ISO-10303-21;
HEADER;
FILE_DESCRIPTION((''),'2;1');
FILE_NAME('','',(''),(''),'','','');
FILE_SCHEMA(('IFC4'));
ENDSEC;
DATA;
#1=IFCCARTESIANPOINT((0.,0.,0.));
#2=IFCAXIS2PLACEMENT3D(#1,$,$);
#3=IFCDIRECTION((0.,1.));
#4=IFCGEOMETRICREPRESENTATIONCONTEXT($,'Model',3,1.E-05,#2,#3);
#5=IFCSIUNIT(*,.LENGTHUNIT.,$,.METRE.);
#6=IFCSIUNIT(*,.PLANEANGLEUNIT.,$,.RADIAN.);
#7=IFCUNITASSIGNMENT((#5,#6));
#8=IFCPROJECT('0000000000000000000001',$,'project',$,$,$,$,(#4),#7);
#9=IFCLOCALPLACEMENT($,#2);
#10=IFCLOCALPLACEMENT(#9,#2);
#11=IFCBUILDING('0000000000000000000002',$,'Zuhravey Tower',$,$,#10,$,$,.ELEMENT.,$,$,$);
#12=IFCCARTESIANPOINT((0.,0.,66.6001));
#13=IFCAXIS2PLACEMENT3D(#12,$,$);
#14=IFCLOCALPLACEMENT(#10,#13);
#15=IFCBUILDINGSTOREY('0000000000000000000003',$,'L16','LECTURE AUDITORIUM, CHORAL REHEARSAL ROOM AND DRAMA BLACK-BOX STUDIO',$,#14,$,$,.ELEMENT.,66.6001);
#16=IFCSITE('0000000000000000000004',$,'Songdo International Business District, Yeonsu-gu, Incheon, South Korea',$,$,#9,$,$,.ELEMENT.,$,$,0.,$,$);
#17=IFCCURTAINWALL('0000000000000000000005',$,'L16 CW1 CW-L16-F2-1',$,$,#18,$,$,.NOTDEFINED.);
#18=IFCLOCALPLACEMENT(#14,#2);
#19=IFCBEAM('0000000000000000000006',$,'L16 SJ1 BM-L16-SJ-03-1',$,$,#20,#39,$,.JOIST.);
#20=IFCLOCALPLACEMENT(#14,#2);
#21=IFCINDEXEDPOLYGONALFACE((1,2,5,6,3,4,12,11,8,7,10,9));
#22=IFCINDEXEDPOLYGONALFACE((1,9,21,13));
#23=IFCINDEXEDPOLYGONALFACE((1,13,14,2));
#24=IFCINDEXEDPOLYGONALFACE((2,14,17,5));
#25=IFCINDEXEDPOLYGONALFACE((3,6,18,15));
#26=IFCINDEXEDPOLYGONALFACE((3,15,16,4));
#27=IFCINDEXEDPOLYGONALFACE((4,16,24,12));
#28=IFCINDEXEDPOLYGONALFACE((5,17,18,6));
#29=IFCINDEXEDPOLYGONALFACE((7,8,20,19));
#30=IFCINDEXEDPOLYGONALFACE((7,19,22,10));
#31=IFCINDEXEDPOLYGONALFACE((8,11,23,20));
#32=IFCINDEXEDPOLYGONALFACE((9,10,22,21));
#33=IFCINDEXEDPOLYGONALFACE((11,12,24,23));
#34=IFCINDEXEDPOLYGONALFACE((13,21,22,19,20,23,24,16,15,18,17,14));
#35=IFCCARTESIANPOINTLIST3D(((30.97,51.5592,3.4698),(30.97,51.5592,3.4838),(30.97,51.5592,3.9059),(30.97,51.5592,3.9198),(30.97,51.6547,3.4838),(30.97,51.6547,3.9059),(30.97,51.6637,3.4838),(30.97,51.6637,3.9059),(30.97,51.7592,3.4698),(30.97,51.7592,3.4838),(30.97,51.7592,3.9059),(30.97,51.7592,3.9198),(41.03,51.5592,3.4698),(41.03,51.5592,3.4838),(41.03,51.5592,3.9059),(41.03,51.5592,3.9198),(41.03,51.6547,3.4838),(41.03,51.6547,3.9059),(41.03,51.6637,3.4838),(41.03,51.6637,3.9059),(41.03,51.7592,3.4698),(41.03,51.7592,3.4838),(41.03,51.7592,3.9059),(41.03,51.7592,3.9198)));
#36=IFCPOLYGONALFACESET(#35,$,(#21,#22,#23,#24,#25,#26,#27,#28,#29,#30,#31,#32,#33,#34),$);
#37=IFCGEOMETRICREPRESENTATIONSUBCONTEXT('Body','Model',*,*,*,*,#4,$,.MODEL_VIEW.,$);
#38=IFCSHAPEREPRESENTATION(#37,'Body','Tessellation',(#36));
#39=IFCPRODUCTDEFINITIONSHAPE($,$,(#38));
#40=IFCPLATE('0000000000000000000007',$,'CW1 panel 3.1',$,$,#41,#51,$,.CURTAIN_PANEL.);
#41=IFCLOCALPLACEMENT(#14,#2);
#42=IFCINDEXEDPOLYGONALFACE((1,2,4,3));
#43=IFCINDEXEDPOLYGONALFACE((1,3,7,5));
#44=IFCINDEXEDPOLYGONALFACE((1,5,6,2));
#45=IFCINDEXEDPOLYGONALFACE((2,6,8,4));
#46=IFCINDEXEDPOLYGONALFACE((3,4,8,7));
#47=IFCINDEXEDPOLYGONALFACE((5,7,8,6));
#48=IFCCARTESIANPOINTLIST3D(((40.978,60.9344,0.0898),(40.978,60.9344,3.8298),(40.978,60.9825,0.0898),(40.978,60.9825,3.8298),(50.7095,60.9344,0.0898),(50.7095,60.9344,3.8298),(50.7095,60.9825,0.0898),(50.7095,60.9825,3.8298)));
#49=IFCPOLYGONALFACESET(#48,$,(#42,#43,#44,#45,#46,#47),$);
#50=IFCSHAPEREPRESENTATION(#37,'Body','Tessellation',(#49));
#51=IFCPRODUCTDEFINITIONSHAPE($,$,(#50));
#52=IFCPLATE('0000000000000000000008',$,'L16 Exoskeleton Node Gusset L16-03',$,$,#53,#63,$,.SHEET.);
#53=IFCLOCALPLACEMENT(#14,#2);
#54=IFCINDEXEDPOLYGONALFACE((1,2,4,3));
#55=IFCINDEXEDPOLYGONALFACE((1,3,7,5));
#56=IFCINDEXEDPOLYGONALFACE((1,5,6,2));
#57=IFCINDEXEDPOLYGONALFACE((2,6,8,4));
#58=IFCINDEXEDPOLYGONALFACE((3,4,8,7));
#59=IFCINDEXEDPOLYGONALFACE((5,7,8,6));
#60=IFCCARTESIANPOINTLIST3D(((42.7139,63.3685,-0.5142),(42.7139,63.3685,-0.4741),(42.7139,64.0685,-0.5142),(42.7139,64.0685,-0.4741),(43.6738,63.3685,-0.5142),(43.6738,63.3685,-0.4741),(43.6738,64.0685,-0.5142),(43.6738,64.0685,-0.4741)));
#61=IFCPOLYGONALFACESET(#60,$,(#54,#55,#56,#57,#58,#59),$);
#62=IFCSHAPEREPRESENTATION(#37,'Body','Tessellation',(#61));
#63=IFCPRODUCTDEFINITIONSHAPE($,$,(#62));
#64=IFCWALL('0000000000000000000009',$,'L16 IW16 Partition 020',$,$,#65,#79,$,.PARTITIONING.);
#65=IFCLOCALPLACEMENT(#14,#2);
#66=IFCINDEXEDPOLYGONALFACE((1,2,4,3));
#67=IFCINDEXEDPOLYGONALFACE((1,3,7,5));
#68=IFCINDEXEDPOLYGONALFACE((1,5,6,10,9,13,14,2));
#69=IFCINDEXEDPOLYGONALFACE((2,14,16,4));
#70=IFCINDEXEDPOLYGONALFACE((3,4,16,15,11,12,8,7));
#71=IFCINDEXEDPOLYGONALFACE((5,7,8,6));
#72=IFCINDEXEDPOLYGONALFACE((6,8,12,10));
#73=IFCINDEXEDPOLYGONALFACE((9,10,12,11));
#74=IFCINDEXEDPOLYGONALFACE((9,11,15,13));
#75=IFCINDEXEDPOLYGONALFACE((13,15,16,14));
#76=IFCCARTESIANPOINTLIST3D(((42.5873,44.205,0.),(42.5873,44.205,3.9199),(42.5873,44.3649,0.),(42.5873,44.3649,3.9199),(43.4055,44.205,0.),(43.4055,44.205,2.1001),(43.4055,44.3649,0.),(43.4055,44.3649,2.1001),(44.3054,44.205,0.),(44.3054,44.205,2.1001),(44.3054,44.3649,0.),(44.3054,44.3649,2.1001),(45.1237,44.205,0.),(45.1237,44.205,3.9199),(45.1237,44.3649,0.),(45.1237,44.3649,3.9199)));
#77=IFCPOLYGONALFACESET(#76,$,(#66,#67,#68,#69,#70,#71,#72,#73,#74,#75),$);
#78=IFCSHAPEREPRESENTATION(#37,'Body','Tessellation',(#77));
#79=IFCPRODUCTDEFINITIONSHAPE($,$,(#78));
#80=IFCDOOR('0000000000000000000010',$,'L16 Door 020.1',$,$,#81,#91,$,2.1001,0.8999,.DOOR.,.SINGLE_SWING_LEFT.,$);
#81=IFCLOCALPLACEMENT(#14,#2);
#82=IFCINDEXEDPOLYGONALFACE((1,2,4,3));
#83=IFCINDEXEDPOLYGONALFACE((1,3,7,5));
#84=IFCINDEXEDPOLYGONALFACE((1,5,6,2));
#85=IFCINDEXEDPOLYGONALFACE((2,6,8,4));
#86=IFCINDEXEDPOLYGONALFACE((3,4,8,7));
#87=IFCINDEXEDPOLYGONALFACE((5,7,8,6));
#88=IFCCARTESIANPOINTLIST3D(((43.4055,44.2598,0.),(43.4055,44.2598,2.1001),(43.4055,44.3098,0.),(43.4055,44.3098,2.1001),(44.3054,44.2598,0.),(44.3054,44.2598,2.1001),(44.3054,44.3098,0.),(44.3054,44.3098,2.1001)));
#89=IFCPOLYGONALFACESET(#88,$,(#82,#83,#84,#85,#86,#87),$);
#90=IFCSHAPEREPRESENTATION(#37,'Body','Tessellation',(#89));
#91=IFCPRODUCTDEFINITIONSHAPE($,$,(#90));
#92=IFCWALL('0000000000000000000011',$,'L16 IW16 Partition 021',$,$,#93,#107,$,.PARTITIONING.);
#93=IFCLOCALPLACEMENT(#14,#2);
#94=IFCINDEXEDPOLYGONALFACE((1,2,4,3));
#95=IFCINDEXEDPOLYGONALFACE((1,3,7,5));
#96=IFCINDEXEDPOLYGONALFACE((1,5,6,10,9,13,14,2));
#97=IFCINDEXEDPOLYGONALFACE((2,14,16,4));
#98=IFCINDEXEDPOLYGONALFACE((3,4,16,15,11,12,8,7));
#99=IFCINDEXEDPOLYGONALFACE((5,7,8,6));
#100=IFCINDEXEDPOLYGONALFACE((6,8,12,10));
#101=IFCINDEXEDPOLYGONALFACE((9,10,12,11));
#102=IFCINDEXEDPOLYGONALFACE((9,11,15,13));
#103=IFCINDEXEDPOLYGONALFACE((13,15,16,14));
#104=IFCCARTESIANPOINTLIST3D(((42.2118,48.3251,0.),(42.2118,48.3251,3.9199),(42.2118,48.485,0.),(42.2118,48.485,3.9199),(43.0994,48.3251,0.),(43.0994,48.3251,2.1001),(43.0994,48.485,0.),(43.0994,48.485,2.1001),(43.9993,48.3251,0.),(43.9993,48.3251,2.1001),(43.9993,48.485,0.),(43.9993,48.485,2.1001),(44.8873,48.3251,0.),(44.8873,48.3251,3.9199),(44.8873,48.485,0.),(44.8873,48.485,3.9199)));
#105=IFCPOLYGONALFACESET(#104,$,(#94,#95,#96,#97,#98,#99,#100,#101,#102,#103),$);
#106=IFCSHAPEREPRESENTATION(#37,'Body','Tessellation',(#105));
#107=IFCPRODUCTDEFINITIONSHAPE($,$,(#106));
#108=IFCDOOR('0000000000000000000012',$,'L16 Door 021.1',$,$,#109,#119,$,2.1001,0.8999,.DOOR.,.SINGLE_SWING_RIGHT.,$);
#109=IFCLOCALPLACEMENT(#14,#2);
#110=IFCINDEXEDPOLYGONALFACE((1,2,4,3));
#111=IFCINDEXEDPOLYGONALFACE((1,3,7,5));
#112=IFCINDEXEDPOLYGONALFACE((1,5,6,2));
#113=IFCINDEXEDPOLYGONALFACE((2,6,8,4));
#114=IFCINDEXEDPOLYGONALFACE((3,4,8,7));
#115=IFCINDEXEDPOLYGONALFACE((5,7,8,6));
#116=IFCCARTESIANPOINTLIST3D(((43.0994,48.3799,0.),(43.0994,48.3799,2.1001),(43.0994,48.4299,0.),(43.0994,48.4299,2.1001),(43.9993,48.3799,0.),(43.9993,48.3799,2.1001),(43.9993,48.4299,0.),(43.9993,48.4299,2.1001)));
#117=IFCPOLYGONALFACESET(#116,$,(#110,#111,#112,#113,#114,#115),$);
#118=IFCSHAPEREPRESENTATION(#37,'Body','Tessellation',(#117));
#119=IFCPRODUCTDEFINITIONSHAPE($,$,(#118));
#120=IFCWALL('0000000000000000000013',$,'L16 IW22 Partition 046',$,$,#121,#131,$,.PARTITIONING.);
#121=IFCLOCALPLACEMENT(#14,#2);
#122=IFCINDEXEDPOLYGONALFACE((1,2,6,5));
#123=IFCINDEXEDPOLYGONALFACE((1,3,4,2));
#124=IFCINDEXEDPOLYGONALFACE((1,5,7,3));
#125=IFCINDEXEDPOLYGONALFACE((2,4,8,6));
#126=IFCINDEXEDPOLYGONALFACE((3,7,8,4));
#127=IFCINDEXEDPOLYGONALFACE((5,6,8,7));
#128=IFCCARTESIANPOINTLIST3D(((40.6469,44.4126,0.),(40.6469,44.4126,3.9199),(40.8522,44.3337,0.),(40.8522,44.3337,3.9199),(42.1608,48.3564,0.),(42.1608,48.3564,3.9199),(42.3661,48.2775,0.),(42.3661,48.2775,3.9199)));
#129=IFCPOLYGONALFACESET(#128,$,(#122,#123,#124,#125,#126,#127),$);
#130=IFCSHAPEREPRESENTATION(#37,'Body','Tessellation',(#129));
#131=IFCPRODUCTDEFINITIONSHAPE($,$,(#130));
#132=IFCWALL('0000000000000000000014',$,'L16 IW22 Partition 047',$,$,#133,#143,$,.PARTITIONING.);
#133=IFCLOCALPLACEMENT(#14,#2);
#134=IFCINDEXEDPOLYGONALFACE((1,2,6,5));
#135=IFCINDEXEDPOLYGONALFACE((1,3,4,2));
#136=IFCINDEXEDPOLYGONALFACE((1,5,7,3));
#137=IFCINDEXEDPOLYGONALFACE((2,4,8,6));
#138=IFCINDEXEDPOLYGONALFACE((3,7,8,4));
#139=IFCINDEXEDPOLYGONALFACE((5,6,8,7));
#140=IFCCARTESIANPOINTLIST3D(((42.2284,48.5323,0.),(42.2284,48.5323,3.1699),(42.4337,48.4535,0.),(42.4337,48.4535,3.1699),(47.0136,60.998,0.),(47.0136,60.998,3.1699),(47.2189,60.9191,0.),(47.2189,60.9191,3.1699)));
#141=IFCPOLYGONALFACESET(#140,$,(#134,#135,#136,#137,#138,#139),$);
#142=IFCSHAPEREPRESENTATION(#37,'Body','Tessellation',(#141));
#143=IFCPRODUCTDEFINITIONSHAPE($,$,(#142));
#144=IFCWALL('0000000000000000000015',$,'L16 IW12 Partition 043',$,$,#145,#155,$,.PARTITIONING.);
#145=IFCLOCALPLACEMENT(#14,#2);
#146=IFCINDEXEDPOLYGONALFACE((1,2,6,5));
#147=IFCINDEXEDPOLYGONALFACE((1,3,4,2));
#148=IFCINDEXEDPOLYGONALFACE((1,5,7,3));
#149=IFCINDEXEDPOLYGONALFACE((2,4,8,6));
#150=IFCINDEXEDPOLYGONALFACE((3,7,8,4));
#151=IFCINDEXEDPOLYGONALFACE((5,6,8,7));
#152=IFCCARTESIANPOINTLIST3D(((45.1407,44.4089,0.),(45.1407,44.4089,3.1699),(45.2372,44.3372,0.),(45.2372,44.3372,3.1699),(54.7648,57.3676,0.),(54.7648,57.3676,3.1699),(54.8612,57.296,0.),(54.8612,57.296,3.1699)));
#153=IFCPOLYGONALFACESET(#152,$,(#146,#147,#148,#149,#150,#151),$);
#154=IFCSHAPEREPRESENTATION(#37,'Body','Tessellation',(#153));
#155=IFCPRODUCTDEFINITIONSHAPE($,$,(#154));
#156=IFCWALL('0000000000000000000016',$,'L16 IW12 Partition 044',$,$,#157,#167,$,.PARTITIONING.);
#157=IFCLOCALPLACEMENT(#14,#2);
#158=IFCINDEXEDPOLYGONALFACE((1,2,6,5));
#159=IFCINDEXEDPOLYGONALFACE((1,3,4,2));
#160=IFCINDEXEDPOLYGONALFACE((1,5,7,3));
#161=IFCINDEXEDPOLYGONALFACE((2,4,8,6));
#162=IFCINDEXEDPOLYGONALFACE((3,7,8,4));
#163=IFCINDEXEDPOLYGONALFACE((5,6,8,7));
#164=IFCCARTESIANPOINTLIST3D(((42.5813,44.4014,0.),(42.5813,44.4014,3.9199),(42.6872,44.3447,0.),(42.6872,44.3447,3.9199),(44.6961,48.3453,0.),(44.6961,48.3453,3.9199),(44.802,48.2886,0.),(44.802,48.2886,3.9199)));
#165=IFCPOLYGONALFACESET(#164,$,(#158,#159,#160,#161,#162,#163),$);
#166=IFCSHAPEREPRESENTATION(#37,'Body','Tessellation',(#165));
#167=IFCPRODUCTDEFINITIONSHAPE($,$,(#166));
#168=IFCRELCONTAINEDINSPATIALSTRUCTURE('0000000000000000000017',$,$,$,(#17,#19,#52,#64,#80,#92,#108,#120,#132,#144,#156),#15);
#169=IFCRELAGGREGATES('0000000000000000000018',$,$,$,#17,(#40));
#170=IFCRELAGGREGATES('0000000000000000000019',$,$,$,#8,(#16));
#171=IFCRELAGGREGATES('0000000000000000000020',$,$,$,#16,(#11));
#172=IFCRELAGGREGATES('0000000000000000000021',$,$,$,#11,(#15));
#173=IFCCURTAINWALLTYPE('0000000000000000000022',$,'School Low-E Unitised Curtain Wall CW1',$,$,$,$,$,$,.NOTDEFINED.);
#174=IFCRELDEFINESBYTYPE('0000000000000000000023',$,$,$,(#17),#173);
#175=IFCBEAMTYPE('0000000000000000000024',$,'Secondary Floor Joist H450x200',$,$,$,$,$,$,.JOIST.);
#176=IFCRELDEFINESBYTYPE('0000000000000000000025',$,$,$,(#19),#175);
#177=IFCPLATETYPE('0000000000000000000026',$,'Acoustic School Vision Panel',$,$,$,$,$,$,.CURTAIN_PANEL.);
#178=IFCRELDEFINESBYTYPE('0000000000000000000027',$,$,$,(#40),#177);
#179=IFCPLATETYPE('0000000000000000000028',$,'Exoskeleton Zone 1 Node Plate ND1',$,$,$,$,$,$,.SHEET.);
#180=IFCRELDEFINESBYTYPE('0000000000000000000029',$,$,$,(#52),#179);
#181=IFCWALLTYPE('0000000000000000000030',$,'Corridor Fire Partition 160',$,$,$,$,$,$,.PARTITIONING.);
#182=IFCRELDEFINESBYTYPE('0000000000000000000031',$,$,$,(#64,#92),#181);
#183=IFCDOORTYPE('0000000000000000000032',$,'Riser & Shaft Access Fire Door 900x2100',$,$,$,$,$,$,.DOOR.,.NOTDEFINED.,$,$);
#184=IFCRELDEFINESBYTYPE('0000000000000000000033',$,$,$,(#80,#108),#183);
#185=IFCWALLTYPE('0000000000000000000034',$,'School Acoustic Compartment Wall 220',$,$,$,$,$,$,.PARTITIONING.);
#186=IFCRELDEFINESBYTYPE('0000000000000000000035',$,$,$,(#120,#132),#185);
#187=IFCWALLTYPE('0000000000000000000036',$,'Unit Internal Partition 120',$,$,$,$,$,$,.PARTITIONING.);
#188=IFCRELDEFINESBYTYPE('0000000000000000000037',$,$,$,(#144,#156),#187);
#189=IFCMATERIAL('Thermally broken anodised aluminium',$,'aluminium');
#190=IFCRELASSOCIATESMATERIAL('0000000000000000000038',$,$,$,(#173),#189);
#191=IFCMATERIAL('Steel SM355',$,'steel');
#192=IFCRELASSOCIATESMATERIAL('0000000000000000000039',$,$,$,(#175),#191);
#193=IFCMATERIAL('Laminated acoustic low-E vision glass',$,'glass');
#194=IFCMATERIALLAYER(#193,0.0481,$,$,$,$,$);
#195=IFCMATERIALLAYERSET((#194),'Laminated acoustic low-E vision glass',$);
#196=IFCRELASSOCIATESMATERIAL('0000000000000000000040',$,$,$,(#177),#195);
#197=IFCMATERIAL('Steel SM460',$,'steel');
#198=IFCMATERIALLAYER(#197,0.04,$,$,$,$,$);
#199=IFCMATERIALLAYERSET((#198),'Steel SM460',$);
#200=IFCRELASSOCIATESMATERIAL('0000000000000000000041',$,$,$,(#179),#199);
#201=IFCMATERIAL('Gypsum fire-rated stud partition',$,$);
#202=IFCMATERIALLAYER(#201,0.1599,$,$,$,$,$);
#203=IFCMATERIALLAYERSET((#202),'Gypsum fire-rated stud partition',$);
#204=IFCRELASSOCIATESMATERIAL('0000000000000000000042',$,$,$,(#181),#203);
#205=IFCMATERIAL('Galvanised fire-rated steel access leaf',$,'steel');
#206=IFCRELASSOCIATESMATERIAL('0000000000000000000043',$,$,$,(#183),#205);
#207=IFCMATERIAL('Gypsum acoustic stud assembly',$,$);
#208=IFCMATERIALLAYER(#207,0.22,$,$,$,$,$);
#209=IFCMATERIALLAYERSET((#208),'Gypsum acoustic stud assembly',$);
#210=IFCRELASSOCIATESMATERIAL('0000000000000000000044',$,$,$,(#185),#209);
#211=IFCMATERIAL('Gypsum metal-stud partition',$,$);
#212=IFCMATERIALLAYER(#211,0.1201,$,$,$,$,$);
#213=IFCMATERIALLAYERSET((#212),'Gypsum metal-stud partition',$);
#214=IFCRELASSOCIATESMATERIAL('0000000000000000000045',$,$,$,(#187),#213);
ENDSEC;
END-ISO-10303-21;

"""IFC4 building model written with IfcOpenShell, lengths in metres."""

from ifc_helpers import new_model, si_unit, direction, frame, frame_2d, origin, origin_2d, place, context, subcontext, project, spatial, rectangle, i_section, extrude, material, layer, layer_set, material_profile, profile_set, type_object, element, fill, aggregate, save


model = new_model("IFC4")

# Units and contexts
model_context = context("Model", 3, precision=1e-05, world=origin(), true_north=direction((0.0, 1.0)))
body_context = subcontext(model_context, "Body", "Model", "MODEL_VIEW")
ifc_project = project(units=[si_unit("LENGTHUNIT", "METRE"), si_unit("PLANEANGLEUNIT", "RADIAN")], contexts=[model_context])

# Site, building, storey
site_placement = place(None, origin())
site = spatial("IfcSite", under=ifc_project, at=site_placement, Name="Songdo International Business District, Yeonsu-gu, Incheon, South Korea", CompositionType="ELEMENT", RefElevation=0.0)
building_placement = place(site_placement, origin())
building = spatial("IfcBuilding", under=site, at=building_placement, Name="Zuhravey Tower", CompositionType="ELEMENT")
storey_placement = place(building_placement, frame((0.0, 0.0, 66.6001)))
storey = spatial("IfcBuildingStorey", under=building, at=storey_placement, Name="L16", Description="LECTURE AUDITORIUM, CHORAL REHEARSAL ROOM AND DRAMA BLACK-BOX STUDIO", CompositionType="ELEMENT", Elevation=66.6001)

# Curtain wall
ifc_material_1 = material(Name="Thermally broken anodised aluminium", Category="aluminium")
curtain_wall_type = type_object("IfcCurtainWallType", Name="School Low-E Unitised Curtain Wall CW1", PredefinedType="NOTDEFINED", material=ifc_material_1)
curtain_wall_placement = place(storey_placement, origin())
curtain_wall = element("IfcCurtainWall", 1, at=curtain_wall_placement, inside=storey, type_object=curtain_wall_type, Name="L16 CW1 CW-L16-F2-1", PredefinedType="NOTDEFINED")

# Shared definitions
ifc_material_2 = material(Name="Steel SM355", Category="steel")
ifc_material_3 = material(Name="Steel SM460", Category="steel")

# Beam
ifc_material_profile_1 = material_profile(ifc_material_2, i_section(OverallWidth=0.2, OverallDepth=0.45, WebThickness=0.009, FlangeThickness=0.0139, at=origin_2d()), Name="H-450x200x9x14")
ifc_profile_set_1 = profile_set([ifc_material_profile_1], Name="Steel SM355")
beam_type_1 = type_object("IfcBeamType", Name="Secondary Floor Joist H450x200", PredefinedType="JOIST", material=ifc_profile_set_1)
beam_1_placement = place(storey_placement, frame((41.03, 51.6592, 3.6948), z_axis=(-1.0, 0.0, 0.0), x_axis=(0.0, -1.0, 0.0)))
element("IfcBeam", 2, at=beam_1_placement, inside=storey, type_object=beam_type_1, Name="L16 SJ1 BM-L16-SJ-03-1", PredefinedType="JOIST", context=body_context, shape_type="SweptSolid", body=[
    extrude(i_section(OverallWidth=0.2, OverallDepth=0.45, WebThickness=0.009, FlangeThickness=0.0139, at=origin_2d()), origin(), (0.0, 0.0, 1.0), 10.0601),
])

# Plates
ifc_material_4 = material(Name="Laminated acoustic low-E vision glass", Category="glass")
ifc_layer_1 = layer(ifc_material_4, 0.0481)
ifc_layer_set_1 = layer_set([ifc_layer_1], Name="Laminated acoustic low-E vision glass")
plate_type_1 = type_object("IfcPlateType", Name="Acoustic School Vision Panel", PredefinedType="CURTAIN_PANEL", material=ifc_layer_set_1)
plate_1_placement = place(storey_placement, frame((45.8438, 60.9585, 0.0898), z_axis=(0.0, 0.0, 1.0), x_axis=(1.0, 0.0, 0.0)))
plate_1 = element("IfcPlate", 3, at=plate_1_placement, type_object=plate_type_1, Name="CW1 panel 3.1", PredefinedType="CURTAIN_PANEL", context=body_context, shape_type="SweptSolid", body=[
    extrude(rectangle(XDim=9.7314, YDim=0.0481, at=origin_2d()), origin(), (0.0, 0.0, 1.0), 3.74),
])
aggregate(curtain_wall, [plate_1])
ifc_layer_2 = layer(ifc_material_3, 0.04)
ifc_layer_set_2 = layer_set([ifc_layer_2], Name="Steel SM460")
plate_type_2 = type_object("IfcPlateType", Name="Exoskeleton Zone 1 Node Plate ND1", PredefinedType="SHEET", material=ifc_layer_set_2)
plate_2_placement = place(storey_placement, frame((43.1938, 63.7185, -0.5142), z_axis=(0.0, 0.0, 1.0), x_axis=(-1.0, 0.0, 0.0)))
element("IfcPlate", 4, at=plate_2_placement, inside=storey, type_object=plate_type_2, Name="L16 Exoskeleton Node Gusset L16-03", PredefinedType="SHEET", context=body_context, shape_type="SweptSolid", body=[
    extrude(rectangle(XDim=0.96, YDim=0.7, at=origin_2d()), origin(), (0.0, 0.0, 1.0), 0.04),
])

# Walls, openings, doors
ifc_material_5 = material(Name="Gypsum fire-rated stud partition")
ifc_layer_3 = layer(ifc_material_5, 0.1599)
ifc_layer_set_3 = layer_set([ifc_layer_3], Name="Gypsum fire-rated stud partition")
wall_type_1 = type_object("IfcWallType", Name="Corridor Fire Partition 160", PredefinedType="PARTITIONING", material=ifc_layer_set_3)
wall_1_placement = place(storey_placement, frame((45.1235, 44.2849, 0.0), z_axis=(0.0, 0.0, 1.0), x_axis=(-1.0, 0.0, 0.0)))
wall_1 = element("IfcWall", 5, at=wall_1_placement, inside=storey, type_object=wall_type_1, Name="L16 IW16 Partition 020", PredefinedType="PARTITIONING", context=body_context, shape_type="SweptSolid", body=[
    extrude(rectangle(XDim=2.5364, YDim=0.1599, at=frame_2d((1.2681, 0.0))), origin(), (0.0, 0.0, 1.0), 3.9199),
])
opening_1_placement = place(wall_1_placement, frame((0.8181, 0.0, 0.0)))
opening_1 = element("IfcOpeningElement", 6, at=opening_1_placement, cuts=wall_1, PredefinedType="OPENING", context=body_context, shape_type="SweptSolid", body=[
    extrude(rectangle(XDim=0.8999, YDim=2.1001, at=frame_2d((0.45, 1.05))), frame((0.0, 0.092, 0.0), z_axis=(0.0, -1.0, 0.0), x_axis=(1.0, 0.0, 0.0)), (0.0, 0.0, 1.0), 0.1838),
])
ifc_material_6 = material(Name="Galvanised fire-rated steel access leaf", Category="steel")
door_type = type_object("IfcDoorType", Name="Riser & Shaft Access Fire Door 900x2100", OperationType="NOTDEFINED", PredefinedType="DOOR", material=ifc_material_6)
door_1_placement = place(opening_1_placement, frame((0.8999, 0.0, 0.0), z_axis=(0.0, 0.0, 1.0), x_axis=(-1.0, 0.0, 0.0)))
door_1 = element("IfcDoor", 7, at=door_1_placement, inside=storey, type_object=door_type, Name="L16 Door 020.1", OperationType="SINGLE_SWING_LEFT", OverallHeight=2.1001, OverallWidth=0.8999, PredefinedType="DOOR", context=body_context, shape_type="SweptSolid", body=[
    extrude(rectangle(XDim=0.8999, YDim=2.1001, at=frame_2d((0.45, 1.05))), frame((0.0, 0.0249, 0.0), z_axis=(0.0, -1.0, 0.0), x_axis=(1.0, 0.0, 0.0)), (0.0, 0.0, 1.0), 0.05),
])
fill(opening_1, door_1)
wall_2_placement = place(storey_placement, frame((42.2117, 48.405, 0.0), z_axis=(0.0, 0.0, 1.0), x_axis=(1.0, 0.0, 0.0)))
wall_2 = element("IfcWall", 8, at=wall_2_placement, inside=storey, type_object=wall_type_1, Name="L16 IW16 Partition 021", PredefinedType="PARTITIONING", context=body_context, shape_type="SweptSolid", body=[
    extrude(rectangle(XDim=2.6755, YDim=0.1599, at=frame_2d((1.3379, 0.0))), origin(), (0.0, 0.0, 1.0), 3.9199),
])
opening_2_placement = place(wall_2_placement, frame((0.8877, 0.0, 0.0)))
opening_2 = element("IfcOpeningElement", 9, at=opening_2_placement, cuts=wall_2, PredefinedType="OPENING", context=body_context, shape_type="SweptSolid", body=[
    extrude(rectangle(XDim=0.8999, YDim=2.1001, at=frame_2d((0.45, 1.05))), frame((0.0, 0.092, 0.0), z_axis=(0.0, -1.0, 0.0), x_axis=(1.0, 0.0, 0.0)), (0.0, 0.0, 1.0), 0.1838),
])
door_2_placement = place(opening_2_placement, origin())
door_2 = element("IfcDoor", 10, at=door_2_placement, inside=storey, type_object=door_type, Name="L16 Door 021.1", OperationType="SINGLE_SWING_RIGHT", OverallHeight=2.1001, OverallWidth=0.8999, PredefinedType="DOOR", context=body_context, shape_type="SweptSolid", body=[
    extrude(rectangle(XDim=0.8999, YDim=2.1001, at=frame_2d((0.45, 1.05))), frame((0.0, 0.0249, 0.0), z_axis=(0.0, -1.0, 0.0), x_axis=(1.0, 0.0, 0.0)), (0.0, 0.0, 1.0), 0.05),
])
fill(opening_2, door_2)

# Walls
ifc_material_7 = material(Name="Gypsum acoustic stud assembly")
ifc_layer_4 = layer(ifc_material_7, 0.22)
ifc_layer_set_4 = layer_set([ifc_layer_4], Name="Gypsum acoustic stud assembly")
wall_type_2 = type_object("IfcWallType", Name="School Acoustic Compartment Wall 220", PredefinedType="PARTITIONING", material=ifc_layer_set_4)
wall_3_placement = place(storey_placement, frame((40.7495, 44.373, 0.0), z_axis=(0.0, 0.0, 1.0), x_axis=(0.358371, 0.933579, 0.0)))
element("IfcWall", 11, at=wall_3_placement, inside=storey, type_object=wall_type_2, Name="L16 IW22 Partition 046", PredefinedType="PARTITIONING", context=body_context, shape_type="SweptSolid", body=[
    extrude(rectangle(XDim=4.2244, YDim=0.22, at=frame_2d((2.1123, 0.0))), origin(), (0.0, 0.0, 1.0), 3.9199),
])
wall_4_placement = place(storey_placement, frame((42.3311, 48.4929, 0.0), z_axis=(0.0, 0.0, 1.0), x_axis=(0.358373, 0.933579, 0.0)))
element("IfcWall", 12, at=wall_4_placement, inside=storey, type_object=wall_type_2, Name="L16 IW22 Partition 047", PredefinedType="PARTITIONING", context=body_context, shape_type="SweptSolid", body=[
    extrude(rectangle(XDim=13.3525, YDim=0.22, at=frame_2d((6.6763, 0.0))), origin(), (0.0, 0.0, 1.0), 3.1699),
])
ifc_material_8 = material(Name="Gypsum metal-stud partition")
ifc_layer_5 = layer(ifc_material_8, 0.1201)
ifc_layer_set_5 = layer_set([ifc_layer_5], Name="Gypsum metal-stud partition")
wall_type_3 = type_object("IfcWallType", Name="Unit Internal Partition 120", PredefinedType="PARTITIONING", material=ifc_layer_set_5)
wall_5_placement = place(storey_placement, frame((45.189, 44.373, 0.0), z_axis=(0.0, 0.0, 1.0), x_axis=(0.596225, 0.802817, 0.0)))
element("IfcWall", 13, at=wall_5_placement, inside=storey, type_object=wall_type_3, Name="L16 IW12 Partition 043", PredefinedType="PARTITIONING", context=body_context, shape_type="SweptSolid", body=[
    extrude(rectangle(XDim=16.1416, YDim=0.1201, at=frame_2d((8.0708, 0.0))), origin(), (0.0, 0.0, 1.0), 3.1699),
])
wall_6_placement = place(storey_placement, frame((42.6343, 44.373, 0.0), z_axis=(0.0, 0.0, 1.0), x_axis=(0.472564, 0.881297, 0.0)))
element("IfcWall", 14, at=wall_6_placement, inside=storey, type_object=wall_type_3, Name="L16 IW12 Partition 044", PredefinedType="PARTITIONING", context=body_context, shape_type="SweptSolid", body=[
    extrude(rectangle(XDim=4.4751, YDim=0.1201, at=frame_2d((2.2375, 0.0))), origin(), (0.0, 0.0, 1.0), 3.9199),
])

save(model, "model.ifc")
